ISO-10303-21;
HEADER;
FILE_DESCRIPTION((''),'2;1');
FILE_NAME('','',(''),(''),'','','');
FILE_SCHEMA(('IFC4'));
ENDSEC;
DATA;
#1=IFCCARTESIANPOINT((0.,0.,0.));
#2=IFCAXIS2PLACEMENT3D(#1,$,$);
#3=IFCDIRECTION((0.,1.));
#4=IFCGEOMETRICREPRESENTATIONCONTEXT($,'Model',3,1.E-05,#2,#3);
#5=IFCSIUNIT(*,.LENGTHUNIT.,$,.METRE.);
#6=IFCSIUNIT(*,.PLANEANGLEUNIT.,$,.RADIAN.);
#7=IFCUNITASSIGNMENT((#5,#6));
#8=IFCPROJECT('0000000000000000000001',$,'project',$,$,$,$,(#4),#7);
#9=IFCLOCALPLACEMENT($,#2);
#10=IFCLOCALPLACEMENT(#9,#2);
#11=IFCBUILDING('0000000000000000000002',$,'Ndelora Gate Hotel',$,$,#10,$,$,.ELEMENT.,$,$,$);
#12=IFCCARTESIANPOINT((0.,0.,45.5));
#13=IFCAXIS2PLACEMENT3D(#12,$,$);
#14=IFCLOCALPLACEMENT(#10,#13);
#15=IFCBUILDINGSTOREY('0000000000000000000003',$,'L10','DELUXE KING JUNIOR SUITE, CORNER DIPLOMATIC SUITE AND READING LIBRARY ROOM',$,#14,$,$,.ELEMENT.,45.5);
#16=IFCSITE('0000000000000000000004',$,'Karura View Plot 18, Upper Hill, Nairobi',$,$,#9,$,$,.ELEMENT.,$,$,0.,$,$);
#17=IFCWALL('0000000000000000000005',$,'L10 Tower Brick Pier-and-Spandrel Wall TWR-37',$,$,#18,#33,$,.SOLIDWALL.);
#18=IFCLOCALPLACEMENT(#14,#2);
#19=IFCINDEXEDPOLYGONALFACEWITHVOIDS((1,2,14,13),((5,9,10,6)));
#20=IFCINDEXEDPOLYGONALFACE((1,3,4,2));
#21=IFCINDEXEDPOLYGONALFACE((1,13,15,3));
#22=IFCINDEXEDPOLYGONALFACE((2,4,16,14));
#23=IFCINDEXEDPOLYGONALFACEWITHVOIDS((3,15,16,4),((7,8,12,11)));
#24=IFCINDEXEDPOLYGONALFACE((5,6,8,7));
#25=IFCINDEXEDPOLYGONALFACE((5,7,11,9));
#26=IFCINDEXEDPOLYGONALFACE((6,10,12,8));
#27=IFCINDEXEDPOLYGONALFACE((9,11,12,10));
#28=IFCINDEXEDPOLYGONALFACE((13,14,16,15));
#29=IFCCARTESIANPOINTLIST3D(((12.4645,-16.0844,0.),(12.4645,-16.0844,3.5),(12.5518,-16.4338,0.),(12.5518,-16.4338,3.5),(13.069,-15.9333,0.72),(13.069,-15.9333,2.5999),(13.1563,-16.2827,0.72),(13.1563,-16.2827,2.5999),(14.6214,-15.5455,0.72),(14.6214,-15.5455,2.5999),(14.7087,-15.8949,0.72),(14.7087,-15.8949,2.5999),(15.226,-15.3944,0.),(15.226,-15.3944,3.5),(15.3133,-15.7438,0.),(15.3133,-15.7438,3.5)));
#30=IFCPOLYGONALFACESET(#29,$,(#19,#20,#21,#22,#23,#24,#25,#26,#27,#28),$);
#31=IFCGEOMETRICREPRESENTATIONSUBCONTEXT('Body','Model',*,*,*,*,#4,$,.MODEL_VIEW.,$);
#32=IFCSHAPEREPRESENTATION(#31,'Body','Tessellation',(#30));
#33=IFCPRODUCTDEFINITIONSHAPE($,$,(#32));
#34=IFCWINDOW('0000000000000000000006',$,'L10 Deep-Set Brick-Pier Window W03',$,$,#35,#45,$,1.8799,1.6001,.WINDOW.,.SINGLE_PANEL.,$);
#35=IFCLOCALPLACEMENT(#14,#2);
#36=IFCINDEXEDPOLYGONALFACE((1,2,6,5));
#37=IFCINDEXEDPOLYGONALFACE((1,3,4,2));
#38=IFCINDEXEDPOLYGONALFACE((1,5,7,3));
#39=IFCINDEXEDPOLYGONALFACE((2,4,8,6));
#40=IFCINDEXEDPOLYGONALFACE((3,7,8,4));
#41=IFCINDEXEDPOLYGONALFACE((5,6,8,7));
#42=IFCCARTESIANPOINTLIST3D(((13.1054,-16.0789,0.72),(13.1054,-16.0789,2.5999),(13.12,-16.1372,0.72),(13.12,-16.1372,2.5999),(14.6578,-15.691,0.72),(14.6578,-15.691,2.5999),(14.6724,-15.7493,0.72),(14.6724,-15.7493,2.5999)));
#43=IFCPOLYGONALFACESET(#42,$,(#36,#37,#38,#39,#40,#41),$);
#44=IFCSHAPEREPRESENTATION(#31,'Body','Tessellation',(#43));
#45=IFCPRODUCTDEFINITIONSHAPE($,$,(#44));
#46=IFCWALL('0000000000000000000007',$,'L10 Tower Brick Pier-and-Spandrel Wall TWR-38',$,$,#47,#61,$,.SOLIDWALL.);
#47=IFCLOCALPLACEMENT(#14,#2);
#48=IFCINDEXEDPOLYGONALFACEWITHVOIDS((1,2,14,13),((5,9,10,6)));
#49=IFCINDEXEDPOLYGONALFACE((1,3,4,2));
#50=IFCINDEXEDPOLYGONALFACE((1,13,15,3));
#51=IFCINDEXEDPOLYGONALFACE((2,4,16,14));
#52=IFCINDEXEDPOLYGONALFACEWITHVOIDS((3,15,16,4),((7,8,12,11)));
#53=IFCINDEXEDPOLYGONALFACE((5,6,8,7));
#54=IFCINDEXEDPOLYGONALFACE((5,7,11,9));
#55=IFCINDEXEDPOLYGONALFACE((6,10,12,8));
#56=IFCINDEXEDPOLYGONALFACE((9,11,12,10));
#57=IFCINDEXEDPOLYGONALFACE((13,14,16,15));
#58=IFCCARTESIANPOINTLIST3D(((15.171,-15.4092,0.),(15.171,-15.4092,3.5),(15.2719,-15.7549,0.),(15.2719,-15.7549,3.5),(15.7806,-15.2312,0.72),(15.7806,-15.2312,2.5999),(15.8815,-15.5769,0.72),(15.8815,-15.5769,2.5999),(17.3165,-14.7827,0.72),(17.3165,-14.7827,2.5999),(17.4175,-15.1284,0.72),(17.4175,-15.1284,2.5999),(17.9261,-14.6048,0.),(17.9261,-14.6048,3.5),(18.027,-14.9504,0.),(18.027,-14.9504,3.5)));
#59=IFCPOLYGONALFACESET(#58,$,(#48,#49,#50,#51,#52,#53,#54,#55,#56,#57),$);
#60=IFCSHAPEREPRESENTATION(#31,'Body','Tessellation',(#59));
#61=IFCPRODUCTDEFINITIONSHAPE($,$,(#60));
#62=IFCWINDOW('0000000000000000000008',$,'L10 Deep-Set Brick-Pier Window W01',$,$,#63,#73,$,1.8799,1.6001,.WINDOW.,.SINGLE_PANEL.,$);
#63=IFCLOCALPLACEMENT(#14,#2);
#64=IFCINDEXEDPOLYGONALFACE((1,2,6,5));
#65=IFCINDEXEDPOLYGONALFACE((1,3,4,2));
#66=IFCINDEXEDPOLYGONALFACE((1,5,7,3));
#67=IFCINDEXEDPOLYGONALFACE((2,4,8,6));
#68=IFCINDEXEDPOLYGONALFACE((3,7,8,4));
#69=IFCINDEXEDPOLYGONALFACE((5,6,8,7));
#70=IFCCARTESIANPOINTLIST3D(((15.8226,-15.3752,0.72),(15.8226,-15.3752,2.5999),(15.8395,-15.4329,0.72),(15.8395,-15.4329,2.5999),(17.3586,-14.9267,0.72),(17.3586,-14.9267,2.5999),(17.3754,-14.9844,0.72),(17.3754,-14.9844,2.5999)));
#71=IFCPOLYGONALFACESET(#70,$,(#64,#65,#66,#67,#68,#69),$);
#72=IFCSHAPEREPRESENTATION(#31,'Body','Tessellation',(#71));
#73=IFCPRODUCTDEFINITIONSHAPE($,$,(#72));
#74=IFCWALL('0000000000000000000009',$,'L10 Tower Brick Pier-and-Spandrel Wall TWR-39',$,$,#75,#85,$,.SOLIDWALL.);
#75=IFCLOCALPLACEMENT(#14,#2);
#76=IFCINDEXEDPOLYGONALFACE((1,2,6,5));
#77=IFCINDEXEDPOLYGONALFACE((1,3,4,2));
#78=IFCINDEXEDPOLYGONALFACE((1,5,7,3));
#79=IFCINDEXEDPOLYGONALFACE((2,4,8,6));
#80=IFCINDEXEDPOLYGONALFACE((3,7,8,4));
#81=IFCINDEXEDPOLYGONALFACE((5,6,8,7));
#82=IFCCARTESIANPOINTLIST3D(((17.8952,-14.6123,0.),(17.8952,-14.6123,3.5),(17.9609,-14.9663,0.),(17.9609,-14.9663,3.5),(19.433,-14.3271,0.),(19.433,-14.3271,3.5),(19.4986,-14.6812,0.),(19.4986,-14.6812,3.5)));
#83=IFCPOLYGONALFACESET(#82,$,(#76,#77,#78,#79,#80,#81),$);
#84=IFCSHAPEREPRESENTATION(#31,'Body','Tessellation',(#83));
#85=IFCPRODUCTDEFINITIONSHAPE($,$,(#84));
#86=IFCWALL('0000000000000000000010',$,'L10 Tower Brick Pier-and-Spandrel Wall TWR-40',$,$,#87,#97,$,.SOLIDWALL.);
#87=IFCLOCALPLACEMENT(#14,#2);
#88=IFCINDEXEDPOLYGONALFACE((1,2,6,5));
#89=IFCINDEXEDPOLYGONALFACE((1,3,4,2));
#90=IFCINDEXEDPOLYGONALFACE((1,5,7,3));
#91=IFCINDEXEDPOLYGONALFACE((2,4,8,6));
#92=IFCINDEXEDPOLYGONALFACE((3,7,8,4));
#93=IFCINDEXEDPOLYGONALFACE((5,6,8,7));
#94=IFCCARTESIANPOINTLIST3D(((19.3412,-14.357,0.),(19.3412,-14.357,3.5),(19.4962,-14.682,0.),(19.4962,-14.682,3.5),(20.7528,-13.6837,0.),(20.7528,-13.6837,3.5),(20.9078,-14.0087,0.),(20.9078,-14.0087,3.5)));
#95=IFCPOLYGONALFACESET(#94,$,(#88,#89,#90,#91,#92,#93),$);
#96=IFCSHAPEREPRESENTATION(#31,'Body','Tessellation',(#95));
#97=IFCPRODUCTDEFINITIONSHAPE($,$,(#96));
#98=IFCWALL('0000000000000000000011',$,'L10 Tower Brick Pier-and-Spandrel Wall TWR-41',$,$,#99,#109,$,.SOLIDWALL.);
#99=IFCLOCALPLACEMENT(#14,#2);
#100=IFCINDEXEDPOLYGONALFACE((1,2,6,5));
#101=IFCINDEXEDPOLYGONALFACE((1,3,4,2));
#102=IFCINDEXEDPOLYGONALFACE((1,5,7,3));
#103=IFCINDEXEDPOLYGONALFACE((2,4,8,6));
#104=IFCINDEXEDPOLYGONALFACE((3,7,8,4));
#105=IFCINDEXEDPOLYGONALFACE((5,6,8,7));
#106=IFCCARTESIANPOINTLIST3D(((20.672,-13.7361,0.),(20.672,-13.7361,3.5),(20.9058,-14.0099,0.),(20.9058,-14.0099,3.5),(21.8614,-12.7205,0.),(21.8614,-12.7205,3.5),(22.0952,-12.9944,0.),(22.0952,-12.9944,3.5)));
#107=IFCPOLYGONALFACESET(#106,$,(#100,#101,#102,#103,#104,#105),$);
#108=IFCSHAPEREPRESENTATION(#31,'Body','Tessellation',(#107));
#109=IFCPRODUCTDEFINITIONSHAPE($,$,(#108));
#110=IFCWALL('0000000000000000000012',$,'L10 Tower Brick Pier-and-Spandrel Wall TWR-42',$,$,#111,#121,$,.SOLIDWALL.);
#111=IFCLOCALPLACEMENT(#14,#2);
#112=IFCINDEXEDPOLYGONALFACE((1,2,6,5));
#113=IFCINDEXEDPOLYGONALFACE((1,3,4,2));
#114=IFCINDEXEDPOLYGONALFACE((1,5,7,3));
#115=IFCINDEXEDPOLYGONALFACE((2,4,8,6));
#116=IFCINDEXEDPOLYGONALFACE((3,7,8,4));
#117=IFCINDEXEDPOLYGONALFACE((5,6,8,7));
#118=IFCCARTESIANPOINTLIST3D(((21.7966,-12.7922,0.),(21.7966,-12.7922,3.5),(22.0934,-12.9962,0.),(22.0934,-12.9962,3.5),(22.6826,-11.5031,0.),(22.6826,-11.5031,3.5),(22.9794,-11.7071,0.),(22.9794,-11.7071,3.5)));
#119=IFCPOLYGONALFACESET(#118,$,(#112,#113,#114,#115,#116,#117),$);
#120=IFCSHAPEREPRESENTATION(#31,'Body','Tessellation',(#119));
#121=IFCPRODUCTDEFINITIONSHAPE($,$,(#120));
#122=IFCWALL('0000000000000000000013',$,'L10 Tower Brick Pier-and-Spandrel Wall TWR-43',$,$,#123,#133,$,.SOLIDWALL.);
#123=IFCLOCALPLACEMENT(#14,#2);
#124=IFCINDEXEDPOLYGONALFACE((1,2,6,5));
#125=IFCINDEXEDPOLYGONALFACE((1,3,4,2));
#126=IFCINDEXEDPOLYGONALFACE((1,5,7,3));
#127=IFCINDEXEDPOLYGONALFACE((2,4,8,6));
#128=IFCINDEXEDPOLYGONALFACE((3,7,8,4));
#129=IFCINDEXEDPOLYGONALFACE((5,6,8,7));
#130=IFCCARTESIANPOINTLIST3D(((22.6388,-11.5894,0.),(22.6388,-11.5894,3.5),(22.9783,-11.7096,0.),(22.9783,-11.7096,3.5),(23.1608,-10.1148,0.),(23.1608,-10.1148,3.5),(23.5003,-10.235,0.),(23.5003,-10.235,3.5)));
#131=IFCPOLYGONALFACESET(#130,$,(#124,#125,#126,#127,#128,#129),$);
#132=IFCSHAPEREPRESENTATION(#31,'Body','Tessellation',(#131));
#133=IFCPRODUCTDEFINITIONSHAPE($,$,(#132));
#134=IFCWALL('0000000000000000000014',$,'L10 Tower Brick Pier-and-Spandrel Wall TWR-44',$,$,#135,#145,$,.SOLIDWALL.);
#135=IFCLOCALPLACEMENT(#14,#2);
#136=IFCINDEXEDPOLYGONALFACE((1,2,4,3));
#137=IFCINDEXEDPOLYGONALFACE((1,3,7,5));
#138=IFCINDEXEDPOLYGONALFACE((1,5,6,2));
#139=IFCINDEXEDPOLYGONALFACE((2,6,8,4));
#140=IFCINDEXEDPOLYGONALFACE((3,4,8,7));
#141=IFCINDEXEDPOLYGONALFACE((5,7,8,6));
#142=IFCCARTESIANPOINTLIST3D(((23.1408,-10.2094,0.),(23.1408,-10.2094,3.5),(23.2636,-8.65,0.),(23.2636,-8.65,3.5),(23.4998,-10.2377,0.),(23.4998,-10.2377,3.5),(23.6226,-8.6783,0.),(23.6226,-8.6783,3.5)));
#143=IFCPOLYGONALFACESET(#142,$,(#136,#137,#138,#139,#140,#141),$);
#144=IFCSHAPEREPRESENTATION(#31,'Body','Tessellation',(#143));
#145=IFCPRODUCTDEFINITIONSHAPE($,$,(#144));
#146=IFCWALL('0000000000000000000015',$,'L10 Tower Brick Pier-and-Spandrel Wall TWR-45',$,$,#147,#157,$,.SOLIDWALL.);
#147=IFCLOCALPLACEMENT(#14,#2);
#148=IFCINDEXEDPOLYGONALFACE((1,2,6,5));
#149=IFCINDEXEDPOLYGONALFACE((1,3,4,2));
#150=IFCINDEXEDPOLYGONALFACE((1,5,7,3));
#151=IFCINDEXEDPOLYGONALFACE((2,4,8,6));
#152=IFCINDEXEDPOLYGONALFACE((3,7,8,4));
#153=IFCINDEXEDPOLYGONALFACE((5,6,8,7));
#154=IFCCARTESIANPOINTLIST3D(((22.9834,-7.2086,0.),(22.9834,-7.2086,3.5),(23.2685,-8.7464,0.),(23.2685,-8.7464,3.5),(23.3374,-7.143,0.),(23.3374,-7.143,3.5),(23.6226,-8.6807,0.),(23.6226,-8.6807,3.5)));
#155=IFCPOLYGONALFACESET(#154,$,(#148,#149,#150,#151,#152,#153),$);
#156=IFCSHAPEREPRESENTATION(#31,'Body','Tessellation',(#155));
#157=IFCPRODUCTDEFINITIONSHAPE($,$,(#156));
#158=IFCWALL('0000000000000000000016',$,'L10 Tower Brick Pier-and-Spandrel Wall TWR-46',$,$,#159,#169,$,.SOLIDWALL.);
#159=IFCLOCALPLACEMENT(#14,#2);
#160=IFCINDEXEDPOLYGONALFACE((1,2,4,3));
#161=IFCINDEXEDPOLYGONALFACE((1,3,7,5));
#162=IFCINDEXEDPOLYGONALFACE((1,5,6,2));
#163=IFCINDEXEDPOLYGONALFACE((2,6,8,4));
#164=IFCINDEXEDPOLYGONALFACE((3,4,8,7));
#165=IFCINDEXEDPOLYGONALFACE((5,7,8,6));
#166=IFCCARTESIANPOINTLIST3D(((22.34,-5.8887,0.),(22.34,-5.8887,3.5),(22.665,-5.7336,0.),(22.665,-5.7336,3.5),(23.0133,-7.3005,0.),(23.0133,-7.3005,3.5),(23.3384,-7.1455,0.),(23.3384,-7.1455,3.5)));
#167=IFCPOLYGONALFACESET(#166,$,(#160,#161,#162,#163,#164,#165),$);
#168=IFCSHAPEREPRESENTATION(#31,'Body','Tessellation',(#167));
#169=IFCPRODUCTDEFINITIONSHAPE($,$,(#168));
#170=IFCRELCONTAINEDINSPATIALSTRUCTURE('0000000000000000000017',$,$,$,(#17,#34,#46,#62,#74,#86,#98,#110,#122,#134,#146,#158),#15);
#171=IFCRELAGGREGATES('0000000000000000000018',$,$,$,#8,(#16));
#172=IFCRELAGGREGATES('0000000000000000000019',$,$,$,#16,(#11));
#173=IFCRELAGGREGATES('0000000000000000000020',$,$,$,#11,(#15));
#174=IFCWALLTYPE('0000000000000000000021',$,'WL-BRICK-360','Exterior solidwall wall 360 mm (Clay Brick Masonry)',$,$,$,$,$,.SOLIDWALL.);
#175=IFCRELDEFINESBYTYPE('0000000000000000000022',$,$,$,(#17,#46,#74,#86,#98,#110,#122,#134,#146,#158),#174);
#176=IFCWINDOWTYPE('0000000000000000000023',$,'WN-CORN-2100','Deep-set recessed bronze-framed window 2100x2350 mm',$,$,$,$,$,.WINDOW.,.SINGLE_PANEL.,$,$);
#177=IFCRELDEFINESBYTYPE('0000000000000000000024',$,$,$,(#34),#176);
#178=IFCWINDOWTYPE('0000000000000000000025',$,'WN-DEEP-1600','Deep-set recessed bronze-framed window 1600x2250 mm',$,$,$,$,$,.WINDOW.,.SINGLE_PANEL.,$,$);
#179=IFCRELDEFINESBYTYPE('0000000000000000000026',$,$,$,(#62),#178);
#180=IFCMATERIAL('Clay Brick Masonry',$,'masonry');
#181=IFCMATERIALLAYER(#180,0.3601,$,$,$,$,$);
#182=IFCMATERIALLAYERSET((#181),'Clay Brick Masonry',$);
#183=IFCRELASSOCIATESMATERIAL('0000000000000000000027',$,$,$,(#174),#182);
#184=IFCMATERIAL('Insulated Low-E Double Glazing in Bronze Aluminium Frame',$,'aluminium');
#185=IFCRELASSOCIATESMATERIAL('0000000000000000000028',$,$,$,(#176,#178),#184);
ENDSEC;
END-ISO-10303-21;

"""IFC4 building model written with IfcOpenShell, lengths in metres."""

from ifc_helpers import new_model, si_unit, direction, frame, frame_2d, origin, place, context, subcontext, project, spatial, rectangle, extrude, material, layer, layer_set, type_object, element, fill, save


model = new_model("IFC4")

# Units and contexts
model_context = context("Model", 3, precision=1e-05, world=origin(), true_north=direction((0.0, 1.0)))
body_context = subcontext(model_context, "Body", "Model", "MODEL_VIEW")
ifc_project = project(units=[si_unit("LENGTHUNIT", "METRE"), si_unit("PLANEANGLEUNIT", "RADIAN")], contexts=[model_context])

# Site, building, storey
site_placement = place(None, origin())
site = spatial("IfcSite", under=ifc_project, at=site_placement, Name="Karura View Plot 18, Upper Hill, Nairobi", CompositionType="ELEMENT", RefElevation=0.0)
building_placement = place(site_placement, origin())
building = spatial("IfcBuilding", under=site, at=building_placement, Name="Ndelora Gate Hotel", CompositionType="ELEMENT")
storey_placement = place(building_placement, frame((0.0, 0.0, 45.5)))
storey = spatial("IfcBuildingStorey", under=building, at=storey_placement, Name="L10", Description="DELUXE KING JUNIOR SUITE, CORNER DIPLOMATIC SUITE AND READING LIBRARY ROOM", CompositionType="ELEMENT", Elevation=45.5)

# Walls, openings, windows
ifc_material_1 = material(Name="Clay Brick Masonry", Category="masonry")
ifc_layer_1 = layer(ifc_material_1, 0.3601)
ifc_layer_set_1 = layer_set([ifc_layer_1], Name="Clay Brick Masonry")
wall_type = type_object("IfcWallType", Name="WL-BRICK-360", Description="Exterior solidwall wall 360 mm (Clay Brick Masonry)", PredefinedType="SOLIDWALL", material=ifc_layer_set_1)
wall_1_placement = place(storey_placement, frame((15.2698, -15.5691, 0.0), z_axis=(0.0, 0.0, 1.0), x_axis=(-0.970178, -0.242394, 0.0)))
wall_1 = element("IfcWall", 1, at=wall_1_placement, inside=storey, type_object=wall_type, Name="L10 Tower Brick Pier-and-Spandrel Wall TWR-37", PredefinedType="SOLIDWALL", context=body_context, shape_type="SweptSolid", body=[
    extrude(rectangle(XDim=2.8464, YDim=0.3601, at=frame_2d((1.4233, 0.0))), origin(), (0.0, 0.0, 1.0), 3.5),
])
opening_1_placement = place(wall_1_placement, frame((0.6233, 0.0, 0.72)))
opening_1 = element("IfcOpeningElement", 2, at=opening_1_placement, cuts=wall_1, PredefinedType="OPENING", context=body_context, shape_type="SweptSolid", body=[
    extrude(rectangle(XDim=1.6001, YDim=1.8799, at=frame_2d((0.8, 0.9399))), frame((0.0, 0.1899, 0.0), z_axis=(0.0, -1.0, 0.0), x_axis=(1.0, 0.0, 0.0)), (0.0, 0.0, 1.0), 0.3801),
])
ifc_material_2 = material(Name="Insulated Low-E Double Glazing in Bronze Aluminium Frame", Category="aluminium")
window_type_1 = type_object("IfcWindowType", Name="WN-CORN-2100", Description="Deep-set recessed bronze-framed window 2100x2350 mm", PartitioningType="SINGLE_PANEL", PredefinedType="WINDOW", material=ifc_material_2)
window_1_placement = place(opening_1_placement, origin())
window_1 = element("IfcWindow", 3, at=window_1_placement, inside=storey, type_object=window_type_1, Name="L10 Deep-Set Brick-Pier Window W03", OverallHeight=1.8799, OverallWidth=1.6001, PartitioningType="SINGLE_PANEL", PredefinedType="WINDOW", context=body_context, shape_type="SweptSolid", body=[
    extrude(rectangle(XDim=1.6001, YDim=1.8799, at=frame_2d((0.8, 0.9399))), frame((0.0, 0.03, 0.0), z_axis=(0.0, -1.0, 0.0), x_axis=(1.0, 0.0, 0.0)), (0.0, 0.0, 1.0), 0.0601),
])
fill(opening_1, window_1)
wall_2_placement = place(storey_placement, frame((17.9766, -14.7776, 0.0), z_axis=(0.0, 0.0, 1.0), x_axis=(-0.959919, -0.280278, 0.0)))
wall_2 = element("IfcWall", 4, at=wall_2_placement, inside=storey, type_object=wall_type, Name="L10 Tower Brick Pier-and-Spandrel Wall TWR-38", PredefinedType="SOLIDWALL", context=body_context, shape_type="SweptSolid", body=[
    extrude(rectangle(XDim=2.8701, YDim=0.3601, at=frame_2d((1.4351, 0.0))), origin(), (0.0, 0.0, 1.0), 3.5),
])
opening_2_placement = place(wall_2_placement, frame((0.635, 0.0, 0.72)))
opening_2 = element("IfcOpeningElement", 5, at=opening_2_placement, cuts=wall_2, PredefinedType="OPENING", context=body_context, shape_type="SweptSolid", body=[
    extrude(rectangle(XDim=1.6001, YDim=1.8799, at=frame_2d((0.8, 0.9399))), frame((0.0, 0.1899, 0.0), z_axis=(0.0, -1.0, 0.0), x_axis=(1.0, 0.0, 0.0)), (0.0, 0.0, 1.0), 0.3801),
])
window_type_2 = type_object("IfcWindowType", Name="WN-DEEP-1600", Description="Deep-set recessed bronze-framed window 1600x2250 mm", PartitioningType="SINGLE_PANEL", PredefinedType="WINDOW", material=ifc_material_2)
window_2_placement = place(opening_2_placement, origin())
window_2 = element("IfcWindow", 6, at=window_2_placement, inside=storey, type_object=window_type_2, Name="L10 Deep-Set Brick-Pier Window W01", OverallHeight=1.8799, OverallWidth=1.6001, PartitioningType="SINGLE_PANEL", PredefinedType="WINDOW", context=body_context, shape_type="SweptSolid", body=[
    extrude(rectangle(XDim=1.6001, YDim=1.8799, at=frame_2d((0.8, 0.9399))), frame((0.0, 0.03, 0.0), z_axis=(0.0, -1.0, 0.0), x_axis=(1.0, 0.0, 0.0)), (0.0, 0.0, 1.0), 0.0601),
])
fill(opening_2, window_2)

# Walls
for number, where, z_axis, x_axis, name in (
    (7, (19.4658, -14.5042, 0.0), (0.0, 0.0, 1.0), (-0.98324, -0.182318, 0.0), "L10 Tower Brick Pier-and-Spandrel Wall TWR-39"),
    (8, (20.8303, -13.8462, 0.0), (0.0, 0.0, 1.0), (-0.902578, -0.430527, 0.0), "L10 Tower Brick Pier-and-Spandrel Wall TWR-40"),
    (9, (21.9783, -12.8574, 0.0), (0.0, 0.0, 1.0), (-0.760489, -0.64935, 0.0), "L10 Tower Brick Pier-and-Spandrel Wall TWR-41"),
):
    element("IfcWall", number, at=place(storey_placement, frame(where, z_axis=z_axis, x_axis=x_axis)), inside=storey, type_object=wall_type, Name=name, PredefinedType="SOLIDWALL", context=body_context, shape_type="SweptSolid", body=[
        extrude(rectangle(XDim=1.564, YDim=0.3601, at=frame_2d((0.782, 0.0))), origin(), (0.0, 0.0, 1.0), 3.5),
    ])
for number, where, z_axis, x_axis, name in (
    (10, (22.8311, -11.605, 0.0), (0.0, 0.0, 1.0), (-0.566423, -0.824115, 0.0), "L10 Tower Brick Pier-and-Spandrel Wall TWR-42"),
    (11, (23.3306, -10.1748, 0.0), (0.0, 0.0, 1.0), (-0.333685, -0.942685, 0.0), "L10 Tower Brick Pier-and-Spandrel Wall TWR-43"),
    (12, (23.4431, -8.6641, 0.0), (0.0, 0.0, 1.0), (-0.078511, -0.996913, 0.0), "L10 Tower Brick Pier-and-Spandrel Wall TWR-44"),
):
    element("IfcWall", number, at=place(storey_placement, frame(where, z_axis=z_axis, x_axis=x_axis)), inside=storey, type_object=wall_type, Name=name, PredefinedType="SOLIDWALL", context=body_context, shape_type="SweptSolid", body=[
        extrude(rectangle(XDim=1.5642, YDim=0.3601, at=frame_2d((0.7822, 0.0))), origin(), (0.0, 0.0, 1.0), 3.5),
    ])
wall_3_placement = place(storey_placement, frame((23.1604, -7.1758, 0.0), z_axis=(0.0, 0.0, 1.0), x_axis=(0.182318, -0.98324, 0.0)))
element("IfcWall", 13, at=wall_3_placement, inside=storey, type_object=wall_type, Name="L10 Tower Brick Pier-and-Spandrel Wall TWR-45", PredefinedType="SOLIDWALL", context=body_context, shape_type="SweptSolid", body=[
    extrude(rectangle(XDim=1.564, YDim=0.3601, at=frame_2d((0.782, 0.0))), origin(), (0.0, 0.0, 1.0), 3.5),
])
wall_4_placement = place(storey_placement, frame((22.5024, -5.811, 0.0), z_axis=(0.0, 0.0, 1.0), x_axis=(0.430467, -0.902606, 0.0)))
element("IfcWall", 14, at=wall_4_placement, inside=storey, type_object=wall_type, Name="L10 Tower Brick Pier-and-Spandrel Wall TWR-46", PredefinedType="SOLIDWALL", context=body_context, shape_type="SweptSolid", body=[
    extrude(rectangle(XDim=1.5642, YDim=0.3601, at=frame_2d((0.7822, 0.0))), origin(), (0.0, 0.0, 1.0), 3.5),
])

save(model, "model.ifc")
